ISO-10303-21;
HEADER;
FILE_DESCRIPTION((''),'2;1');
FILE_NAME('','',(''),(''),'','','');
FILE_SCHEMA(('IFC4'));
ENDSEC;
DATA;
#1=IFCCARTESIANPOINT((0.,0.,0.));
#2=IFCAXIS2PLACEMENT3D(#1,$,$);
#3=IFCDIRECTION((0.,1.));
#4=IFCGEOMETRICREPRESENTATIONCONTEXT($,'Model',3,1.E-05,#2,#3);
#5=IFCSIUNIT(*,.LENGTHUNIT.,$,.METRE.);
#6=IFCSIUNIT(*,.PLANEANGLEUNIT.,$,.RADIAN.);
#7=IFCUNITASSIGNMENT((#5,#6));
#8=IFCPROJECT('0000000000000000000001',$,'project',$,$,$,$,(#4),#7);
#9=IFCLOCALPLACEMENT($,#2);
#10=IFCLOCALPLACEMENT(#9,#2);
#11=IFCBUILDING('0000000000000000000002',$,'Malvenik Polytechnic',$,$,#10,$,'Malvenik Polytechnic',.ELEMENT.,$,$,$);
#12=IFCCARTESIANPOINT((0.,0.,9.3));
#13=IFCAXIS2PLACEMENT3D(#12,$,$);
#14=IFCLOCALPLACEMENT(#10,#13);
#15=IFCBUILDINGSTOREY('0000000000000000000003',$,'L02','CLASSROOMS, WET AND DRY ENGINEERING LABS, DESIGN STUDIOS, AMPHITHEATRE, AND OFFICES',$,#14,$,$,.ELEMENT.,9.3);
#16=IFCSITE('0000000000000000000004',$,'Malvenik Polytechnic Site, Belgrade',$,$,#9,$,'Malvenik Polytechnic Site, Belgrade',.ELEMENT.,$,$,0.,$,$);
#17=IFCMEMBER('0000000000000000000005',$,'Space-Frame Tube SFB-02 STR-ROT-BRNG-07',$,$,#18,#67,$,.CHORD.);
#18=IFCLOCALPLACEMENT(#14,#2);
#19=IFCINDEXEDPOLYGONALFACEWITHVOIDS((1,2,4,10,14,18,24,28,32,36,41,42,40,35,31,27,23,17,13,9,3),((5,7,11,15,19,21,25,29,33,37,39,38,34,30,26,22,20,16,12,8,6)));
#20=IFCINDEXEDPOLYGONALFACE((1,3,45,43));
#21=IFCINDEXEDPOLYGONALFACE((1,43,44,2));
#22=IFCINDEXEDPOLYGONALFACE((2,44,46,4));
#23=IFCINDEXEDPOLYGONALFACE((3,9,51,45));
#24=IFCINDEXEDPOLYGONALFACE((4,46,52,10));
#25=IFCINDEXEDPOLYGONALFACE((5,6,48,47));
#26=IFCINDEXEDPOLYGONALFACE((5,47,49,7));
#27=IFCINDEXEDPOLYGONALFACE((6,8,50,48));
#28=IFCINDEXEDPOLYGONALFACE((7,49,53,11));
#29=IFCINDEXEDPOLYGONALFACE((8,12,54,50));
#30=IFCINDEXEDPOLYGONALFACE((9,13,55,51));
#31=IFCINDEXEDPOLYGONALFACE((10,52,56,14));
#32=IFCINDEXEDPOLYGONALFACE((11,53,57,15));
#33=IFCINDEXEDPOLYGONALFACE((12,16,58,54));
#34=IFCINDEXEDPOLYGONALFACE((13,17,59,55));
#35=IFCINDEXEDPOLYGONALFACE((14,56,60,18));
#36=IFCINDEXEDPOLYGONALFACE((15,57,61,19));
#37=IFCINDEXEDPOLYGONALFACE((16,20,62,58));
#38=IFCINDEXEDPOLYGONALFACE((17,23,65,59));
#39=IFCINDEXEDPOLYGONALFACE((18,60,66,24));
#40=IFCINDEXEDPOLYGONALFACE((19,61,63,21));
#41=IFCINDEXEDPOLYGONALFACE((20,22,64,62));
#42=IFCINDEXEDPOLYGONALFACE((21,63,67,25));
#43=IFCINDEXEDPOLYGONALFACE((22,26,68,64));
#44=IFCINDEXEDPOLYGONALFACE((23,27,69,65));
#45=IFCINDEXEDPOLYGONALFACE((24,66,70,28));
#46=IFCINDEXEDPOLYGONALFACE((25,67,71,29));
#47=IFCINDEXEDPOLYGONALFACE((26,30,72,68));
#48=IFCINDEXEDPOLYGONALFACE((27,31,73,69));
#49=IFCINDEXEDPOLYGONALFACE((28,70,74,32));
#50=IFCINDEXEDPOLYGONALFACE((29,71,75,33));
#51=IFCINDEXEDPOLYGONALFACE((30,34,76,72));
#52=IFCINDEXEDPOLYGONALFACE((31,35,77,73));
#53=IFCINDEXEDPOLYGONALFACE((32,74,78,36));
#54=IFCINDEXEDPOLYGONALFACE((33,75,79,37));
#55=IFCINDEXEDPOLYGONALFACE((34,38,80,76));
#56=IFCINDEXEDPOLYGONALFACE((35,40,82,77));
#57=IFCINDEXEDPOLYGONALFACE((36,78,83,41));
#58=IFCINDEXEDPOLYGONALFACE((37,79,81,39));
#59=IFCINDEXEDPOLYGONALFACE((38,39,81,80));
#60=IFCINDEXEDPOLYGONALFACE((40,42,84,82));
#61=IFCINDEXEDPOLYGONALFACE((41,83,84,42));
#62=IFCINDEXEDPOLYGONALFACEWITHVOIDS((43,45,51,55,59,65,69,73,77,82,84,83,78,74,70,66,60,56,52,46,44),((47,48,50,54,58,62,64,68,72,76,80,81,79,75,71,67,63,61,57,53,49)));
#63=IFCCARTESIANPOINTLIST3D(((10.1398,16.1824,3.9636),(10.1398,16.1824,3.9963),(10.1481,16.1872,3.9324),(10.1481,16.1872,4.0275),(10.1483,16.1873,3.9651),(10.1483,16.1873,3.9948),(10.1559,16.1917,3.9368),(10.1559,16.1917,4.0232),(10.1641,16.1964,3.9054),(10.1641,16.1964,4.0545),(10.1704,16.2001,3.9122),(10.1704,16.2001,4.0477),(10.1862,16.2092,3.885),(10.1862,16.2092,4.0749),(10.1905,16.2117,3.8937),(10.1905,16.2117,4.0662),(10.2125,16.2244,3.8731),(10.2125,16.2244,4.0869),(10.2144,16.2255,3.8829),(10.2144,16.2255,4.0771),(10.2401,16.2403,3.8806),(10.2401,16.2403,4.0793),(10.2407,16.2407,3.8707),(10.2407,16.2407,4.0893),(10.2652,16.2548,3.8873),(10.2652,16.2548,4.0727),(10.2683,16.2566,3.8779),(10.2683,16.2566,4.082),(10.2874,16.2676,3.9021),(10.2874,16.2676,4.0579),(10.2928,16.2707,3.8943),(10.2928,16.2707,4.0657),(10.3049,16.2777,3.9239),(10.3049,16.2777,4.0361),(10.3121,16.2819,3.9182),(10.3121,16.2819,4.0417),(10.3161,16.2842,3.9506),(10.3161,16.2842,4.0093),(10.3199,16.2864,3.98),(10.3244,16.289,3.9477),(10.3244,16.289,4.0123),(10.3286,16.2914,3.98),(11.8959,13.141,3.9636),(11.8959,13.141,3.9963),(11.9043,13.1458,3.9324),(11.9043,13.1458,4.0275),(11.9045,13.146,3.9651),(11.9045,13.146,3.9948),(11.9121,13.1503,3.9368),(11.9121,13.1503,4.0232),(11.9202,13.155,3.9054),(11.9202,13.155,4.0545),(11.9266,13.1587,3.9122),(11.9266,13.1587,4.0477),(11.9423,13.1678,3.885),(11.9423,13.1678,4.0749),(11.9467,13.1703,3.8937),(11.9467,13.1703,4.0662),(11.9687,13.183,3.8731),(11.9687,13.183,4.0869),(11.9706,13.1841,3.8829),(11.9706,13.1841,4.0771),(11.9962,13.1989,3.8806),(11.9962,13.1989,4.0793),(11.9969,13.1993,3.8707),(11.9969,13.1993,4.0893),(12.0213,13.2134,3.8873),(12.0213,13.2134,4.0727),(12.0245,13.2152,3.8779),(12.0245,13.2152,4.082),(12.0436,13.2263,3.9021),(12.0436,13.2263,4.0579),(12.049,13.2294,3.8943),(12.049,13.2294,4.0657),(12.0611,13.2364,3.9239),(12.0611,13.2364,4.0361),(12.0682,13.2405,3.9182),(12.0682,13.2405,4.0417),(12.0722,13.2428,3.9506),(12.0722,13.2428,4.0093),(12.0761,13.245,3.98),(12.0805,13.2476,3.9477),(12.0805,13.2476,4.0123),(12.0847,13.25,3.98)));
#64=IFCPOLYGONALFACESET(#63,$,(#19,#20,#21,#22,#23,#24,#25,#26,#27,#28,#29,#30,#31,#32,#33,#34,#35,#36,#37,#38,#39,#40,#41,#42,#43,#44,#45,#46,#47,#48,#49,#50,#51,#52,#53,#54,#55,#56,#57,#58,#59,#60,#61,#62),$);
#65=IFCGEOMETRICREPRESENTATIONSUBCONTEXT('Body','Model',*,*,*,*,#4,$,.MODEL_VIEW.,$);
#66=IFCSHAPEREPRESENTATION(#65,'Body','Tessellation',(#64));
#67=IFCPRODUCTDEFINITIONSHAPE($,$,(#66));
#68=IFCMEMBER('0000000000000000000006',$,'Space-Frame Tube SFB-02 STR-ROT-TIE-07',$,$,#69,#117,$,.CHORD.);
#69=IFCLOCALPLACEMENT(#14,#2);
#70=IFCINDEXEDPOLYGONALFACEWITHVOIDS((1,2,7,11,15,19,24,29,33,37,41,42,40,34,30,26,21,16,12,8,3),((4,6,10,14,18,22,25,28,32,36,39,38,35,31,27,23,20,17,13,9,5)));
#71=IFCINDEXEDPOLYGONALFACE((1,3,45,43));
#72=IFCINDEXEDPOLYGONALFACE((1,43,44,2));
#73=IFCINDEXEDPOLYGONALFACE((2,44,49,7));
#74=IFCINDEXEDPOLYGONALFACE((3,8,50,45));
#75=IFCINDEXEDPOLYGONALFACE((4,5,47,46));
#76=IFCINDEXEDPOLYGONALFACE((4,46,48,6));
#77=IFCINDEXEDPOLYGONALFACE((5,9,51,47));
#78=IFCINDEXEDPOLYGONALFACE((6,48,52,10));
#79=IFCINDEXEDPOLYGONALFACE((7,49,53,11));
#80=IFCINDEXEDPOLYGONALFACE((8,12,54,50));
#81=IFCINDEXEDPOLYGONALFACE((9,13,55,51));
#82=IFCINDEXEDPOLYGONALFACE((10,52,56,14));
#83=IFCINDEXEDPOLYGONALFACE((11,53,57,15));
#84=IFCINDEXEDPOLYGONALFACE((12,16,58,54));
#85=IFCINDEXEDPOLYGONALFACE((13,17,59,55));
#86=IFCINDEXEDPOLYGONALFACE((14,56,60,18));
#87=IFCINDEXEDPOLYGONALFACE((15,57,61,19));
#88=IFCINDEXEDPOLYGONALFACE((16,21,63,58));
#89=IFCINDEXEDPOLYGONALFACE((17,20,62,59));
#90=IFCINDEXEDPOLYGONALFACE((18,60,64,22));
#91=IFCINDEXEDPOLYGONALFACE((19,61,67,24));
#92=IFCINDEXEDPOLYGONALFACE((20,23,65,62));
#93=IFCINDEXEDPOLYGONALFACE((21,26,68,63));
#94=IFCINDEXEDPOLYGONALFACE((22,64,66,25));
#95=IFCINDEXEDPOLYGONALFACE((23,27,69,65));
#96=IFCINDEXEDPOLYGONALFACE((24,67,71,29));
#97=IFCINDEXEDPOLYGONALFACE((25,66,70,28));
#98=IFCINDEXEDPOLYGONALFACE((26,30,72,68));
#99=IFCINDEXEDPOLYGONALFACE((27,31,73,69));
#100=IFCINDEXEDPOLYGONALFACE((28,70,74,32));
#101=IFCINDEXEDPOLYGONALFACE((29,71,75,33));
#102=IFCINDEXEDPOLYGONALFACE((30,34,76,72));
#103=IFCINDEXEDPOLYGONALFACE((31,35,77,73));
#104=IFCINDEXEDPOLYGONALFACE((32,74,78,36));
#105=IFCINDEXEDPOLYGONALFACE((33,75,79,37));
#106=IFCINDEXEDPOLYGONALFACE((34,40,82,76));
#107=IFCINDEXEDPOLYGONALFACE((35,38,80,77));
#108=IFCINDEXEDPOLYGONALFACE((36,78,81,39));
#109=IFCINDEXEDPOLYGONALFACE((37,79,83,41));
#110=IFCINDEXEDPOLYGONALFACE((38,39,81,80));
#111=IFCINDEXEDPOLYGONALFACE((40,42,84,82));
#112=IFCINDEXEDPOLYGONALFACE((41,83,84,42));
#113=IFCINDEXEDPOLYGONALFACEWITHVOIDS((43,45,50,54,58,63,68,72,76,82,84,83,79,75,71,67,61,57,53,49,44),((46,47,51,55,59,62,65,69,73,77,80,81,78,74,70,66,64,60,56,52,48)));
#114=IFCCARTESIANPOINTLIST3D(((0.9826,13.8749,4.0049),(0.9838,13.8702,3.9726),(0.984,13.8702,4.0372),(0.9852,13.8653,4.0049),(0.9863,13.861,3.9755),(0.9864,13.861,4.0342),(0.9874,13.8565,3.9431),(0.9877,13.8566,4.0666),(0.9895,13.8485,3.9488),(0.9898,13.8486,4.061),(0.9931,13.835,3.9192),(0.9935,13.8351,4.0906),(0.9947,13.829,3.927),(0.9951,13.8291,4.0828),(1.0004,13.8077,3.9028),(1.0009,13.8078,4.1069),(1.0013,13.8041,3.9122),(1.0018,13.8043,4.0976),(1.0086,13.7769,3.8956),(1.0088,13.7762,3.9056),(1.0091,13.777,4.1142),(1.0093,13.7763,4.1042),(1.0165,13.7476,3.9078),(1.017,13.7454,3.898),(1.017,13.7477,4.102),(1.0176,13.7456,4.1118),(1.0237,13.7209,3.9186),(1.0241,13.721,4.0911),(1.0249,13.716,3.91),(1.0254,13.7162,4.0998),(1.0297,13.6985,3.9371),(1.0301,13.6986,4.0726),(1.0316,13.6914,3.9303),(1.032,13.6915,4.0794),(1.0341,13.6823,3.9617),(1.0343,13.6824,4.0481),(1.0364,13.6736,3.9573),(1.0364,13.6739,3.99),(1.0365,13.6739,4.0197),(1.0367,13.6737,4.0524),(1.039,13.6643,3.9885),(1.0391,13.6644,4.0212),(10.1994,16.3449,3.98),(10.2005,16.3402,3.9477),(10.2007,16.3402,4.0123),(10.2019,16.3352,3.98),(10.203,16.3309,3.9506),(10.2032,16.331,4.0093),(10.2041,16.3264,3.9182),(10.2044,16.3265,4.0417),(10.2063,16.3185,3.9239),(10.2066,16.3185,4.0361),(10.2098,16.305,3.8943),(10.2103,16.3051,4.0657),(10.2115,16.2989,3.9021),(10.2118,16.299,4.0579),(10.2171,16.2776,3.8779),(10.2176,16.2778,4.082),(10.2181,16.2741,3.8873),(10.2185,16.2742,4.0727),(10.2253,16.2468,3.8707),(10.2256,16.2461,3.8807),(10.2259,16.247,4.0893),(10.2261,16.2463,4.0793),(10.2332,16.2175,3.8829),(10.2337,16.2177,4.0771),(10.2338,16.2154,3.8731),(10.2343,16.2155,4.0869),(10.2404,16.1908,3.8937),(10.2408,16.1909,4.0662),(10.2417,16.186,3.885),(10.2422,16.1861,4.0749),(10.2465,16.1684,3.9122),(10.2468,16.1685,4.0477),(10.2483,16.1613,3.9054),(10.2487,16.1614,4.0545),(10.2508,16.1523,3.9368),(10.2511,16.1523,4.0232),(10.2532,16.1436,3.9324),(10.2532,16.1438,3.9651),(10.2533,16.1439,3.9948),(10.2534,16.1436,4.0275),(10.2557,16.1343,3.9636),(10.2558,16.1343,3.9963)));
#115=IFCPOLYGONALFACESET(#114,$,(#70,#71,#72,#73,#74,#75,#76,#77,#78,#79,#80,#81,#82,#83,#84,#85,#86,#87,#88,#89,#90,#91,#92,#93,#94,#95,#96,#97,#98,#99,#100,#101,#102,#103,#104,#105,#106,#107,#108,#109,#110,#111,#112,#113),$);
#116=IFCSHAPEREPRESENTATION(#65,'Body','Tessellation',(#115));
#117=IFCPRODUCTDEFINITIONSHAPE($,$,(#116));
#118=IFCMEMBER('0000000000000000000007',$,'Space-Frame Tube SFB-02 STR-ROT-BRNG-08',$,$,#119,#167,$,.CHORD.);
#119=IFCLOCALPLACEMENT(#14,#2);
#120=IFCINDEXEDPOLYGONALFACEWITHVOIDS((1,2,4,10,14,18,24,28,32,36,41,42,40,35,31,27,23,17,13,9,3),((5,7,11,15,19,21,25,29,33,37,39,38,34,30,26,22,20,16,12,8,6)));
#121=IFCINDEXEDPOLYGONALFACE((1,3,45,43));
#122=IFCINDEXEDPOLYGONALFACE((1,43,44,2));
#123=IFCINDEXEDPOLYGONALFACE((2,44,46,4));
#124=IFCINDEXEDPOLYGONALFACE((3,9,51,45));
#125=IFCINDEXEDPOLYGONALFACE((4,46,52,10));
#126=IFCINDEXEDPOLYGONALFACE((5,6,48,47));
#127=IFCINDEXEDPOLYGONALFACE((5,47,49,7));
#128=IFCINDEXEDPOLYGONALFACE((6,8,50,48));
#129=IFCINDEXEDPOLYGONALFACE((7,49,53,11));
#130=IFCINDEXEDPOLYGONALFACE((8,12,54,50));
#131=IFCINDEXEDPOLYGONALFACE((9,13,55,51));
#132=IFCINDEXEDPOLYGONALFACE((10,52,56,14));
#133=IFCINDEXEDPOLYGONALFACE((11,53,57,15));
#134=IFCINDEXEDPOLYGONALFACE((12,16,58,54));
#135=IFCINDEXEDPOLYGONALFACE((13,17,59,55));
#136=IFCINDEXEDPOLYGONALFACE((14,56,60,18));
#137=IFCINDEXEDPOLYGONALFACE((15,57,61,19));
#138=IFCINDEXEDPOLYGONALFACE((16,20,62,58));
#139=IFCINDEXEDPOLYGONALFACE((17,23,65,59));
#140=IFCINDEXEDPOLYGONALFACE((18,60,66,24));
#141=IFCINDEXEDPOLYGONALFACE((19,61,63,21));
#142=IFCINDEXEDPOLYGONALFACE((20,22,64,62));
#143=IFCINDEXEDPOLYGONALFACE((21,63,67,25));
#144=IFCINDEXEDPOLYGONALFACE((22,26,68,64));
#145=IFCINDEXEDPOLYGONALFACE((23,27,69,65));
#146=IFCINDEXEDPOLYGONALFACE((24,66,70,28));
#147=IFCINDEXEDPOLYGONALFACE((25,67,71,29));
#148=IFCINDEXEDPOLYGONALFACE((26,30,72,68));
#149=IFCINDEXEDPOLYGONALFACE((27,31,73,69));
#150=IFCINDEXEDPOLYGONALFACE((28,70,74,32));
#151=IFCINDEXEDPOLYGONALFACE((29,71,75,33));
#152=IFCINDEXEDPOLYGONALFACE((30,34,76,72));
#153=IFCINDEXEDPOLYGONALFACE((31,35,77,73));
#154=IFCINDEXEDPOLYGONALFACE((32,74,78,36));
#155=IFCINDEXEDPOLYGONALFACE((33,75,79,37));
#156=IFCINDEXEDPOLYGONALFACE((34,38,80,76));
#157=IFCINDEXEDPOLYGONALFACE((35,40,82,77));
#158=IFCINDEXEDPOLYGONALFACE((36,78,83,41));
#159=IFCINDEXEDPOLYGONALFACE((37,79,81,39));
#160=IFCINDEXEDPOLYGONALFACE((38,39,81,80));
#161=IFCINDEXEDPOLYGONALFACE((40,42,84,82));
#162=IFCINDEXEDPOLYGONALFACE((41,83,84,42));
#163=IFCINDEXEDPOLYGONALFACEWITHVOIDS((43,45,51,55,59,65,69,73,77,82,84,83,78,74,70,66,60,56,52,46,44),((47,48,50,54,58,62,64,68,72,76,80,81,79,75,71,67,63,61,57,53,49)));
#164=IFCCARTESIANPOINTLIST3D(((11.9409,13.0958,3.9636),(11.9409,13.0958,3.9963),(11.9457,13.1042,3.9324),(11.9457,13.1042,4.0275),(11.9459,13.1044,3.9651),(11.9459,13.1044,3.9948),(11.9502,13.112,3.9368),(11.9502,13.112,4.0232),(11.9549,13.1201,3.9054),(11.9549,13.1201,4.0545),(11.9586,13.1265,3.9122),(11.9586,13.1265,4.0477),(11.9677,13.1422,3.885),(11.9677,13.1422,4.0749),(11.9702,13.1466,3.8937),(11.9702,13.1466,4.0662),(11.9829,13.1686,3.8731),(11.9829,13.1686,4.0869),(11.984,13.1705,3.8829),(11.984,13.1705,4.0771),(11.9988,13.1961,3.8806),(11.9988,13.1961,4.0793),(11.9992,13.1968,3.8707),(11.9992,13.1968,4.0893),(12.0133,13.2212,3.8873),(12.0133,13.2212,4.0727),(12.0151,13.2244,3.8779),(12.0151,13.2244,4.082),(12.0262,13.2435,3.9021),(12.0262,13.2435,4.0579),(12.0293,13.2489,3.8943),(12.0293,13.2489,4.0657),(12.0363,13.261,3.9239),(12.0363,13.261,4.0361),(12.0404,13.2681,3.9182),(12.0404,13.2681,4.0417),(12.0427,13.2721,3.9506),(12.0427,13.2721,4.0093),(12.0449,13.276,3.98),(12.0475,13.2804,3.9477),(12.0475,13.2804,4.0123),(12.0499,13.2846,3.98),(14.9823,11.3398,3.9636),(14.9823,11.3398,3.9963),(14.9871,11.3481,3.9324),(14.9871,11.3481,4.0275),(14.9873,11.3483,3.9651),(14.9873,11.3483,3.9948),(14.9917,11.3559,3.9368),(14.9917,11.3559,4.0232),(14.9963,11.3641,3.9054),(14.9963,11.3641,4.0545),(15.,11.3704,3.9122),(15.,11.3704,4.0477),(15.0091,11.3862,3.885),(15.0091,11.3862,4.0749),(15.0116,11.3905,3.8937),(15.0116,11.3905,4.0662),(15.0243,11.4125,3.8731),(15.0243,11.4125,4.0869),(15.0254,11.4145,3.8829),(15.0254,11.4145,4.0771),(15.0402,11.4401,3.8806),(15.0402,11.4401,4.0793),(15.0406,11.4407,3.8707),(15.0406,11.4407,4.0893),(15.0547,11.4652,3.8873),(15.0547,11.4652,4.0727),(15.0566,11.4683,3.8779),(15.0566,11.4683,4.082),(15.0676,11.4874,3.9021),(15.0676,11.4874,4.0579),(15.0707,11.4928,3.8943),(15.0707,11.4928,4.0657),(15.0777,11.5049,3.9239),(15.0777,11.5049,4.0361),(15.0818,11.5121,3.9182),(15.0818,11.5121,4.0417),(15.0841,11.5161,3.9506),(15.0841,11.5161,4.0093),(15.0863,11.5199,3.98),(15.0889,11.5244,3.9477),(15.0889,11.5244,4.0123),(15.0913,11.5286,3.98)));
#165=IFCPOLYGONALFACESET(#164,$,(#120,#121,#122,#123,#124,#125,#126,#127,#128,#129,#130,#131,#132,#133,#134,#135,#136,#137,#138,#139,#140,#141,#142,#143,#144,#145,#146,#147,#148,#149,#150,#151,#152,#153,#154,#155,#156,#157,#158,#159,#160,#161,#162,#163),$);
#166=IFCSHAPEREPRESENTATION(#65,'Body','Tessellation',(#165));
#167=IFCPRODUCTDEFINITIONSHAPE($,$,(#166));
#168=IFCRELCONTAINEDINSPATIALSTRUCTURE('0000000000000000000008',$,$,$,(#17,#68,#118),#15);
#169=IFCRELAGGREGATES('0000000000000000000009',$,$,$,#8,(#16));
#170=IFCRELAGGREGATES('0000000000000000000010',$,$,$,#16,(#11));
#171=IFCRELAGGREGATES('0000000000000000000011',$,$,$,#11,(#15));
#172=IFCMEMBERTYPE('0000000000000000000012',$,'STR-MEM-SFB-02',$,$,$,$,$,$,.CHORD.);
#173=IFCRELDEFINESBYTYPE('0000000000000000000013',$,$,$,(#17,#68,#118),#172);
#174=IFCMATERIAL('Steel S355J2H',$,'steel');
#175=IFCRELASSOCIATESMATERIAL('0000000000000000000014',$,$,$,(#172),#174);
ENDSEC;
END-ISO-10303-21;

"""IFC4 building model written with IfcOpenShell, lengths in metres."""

from ifc_helpers import new_model, si_unit, direction, frame, origin, origin_2d, place, context, subcontext, project, spatial, hollow_circle, extrude, material, material_profile, profile_set, type_object, element, save


model = new_model("IFC4")

# Units and contexts
model_context = context("Model", 3, precision=1e-05, world=origin(), true_north=direction((0.0, 1.0)))
body_context = subcontext(model_context, "Body", "Model", "MODEL_VIEW")
ifc_project = project(units=[si_unit("LENGTHUNIT", "METRE"), si_unit("PLANEANGLEUNIT", "RADIAN")], contexts=[model_context])

# Site, building, storey
site_placement = place(None, origin())
site = spatial("IfcSite", under=ifc_project, at=site_placement, Name="Malvenik Polytechnic Site, Belgrade", LongName="Malvenik Polytechnic Site, Belgrade", CompositionType="ELEMENT", RefElevation=0.0)
building_placement = place(site_placement, origin())
building = spatial("IfcBuilding", under=site, at=building_placement, Name="Malvenik Polytechnic", LongName="Malvenik Polytechnic", CompositionType="ELEMENT")
storey_placement = place(building_placement, frame((0.0, 0.0, 9.3)))
storey = spatial("IfcBuildingStorey", under=building, at=storey_placement, Name="L02", Description="CLASSROOMS, WET AND DRY ENGINEERING LABS, DESIGN STUDIOS, AMPHITHEATRE, AND OFFICES", CompositionType="ELEMENT", Elevation=9.3)

# Members
ifc_material_1 = material(Name="Steel S355J2H", Category="steel")
ifc_material_profile_1 = material_profile(ifc_material_1, hollow_circle(Radius=0.1096, WallThickness=0.01, at=origin_2d()), Name="CHS 219.1x10.0")
ifc_profile_set_1 = profile_set([ifc_material_profile_1], Name="Steel S355J2H")
member_type = type_object("IfcMemberType", Name="STR-MEM-SFB-02", PredefinedType="CHORD", material=ifc_profile_set_1)
member_1_placement = place(storey_placement, frame((10.2336, 16.2366, 3.98), z_axis=(0.500049, -0.865997, 0.0), x_axis=(0.865997, 0.500049, 0.0)))
element("IfcMember", 1, at=member_1_placement, inside=storey, type_object=member_type, Name="Space-Frame Tube SFB-02 STR-ROT-BRNG-07", PredefinedType="CHORD", context=body_context, shape_type="SweptSolid", body=[
    extrude(hollow_circle(Radius=0.1096, WallThickness=0.01, at=origin_2d()), origin(), (0.0, 0.0, 1.0), 3.512),
])
member_2_placement = place(storey_placement, frame((1.011, 13.769, 4.0049), z_axis=(0.965914, 0.258851, -0.00261), x_axis=(-0.258852, 0.965917, 0.0)))
element("IfcMember", 2, at=member_2_placement, inside=storey, type_object=member_type, Name="Space-Frame Tube SFB-02 STR-ROT-TIE-07", PredefinedType="CHORD", context=body_context, shape_type="SweptSolid", body=[
    extrude(hollow_circle(Radius=0.1096, WallThickness=0.01, at=origin_2d()), origin(), (0.0, 0.0, 1.0), 9.542),
])
member_3_placement = place(storey_placement, frame((11.9951, 13.1897, 3.98), z_axis=(0.866014, -0.500019, 0.0), x_axis=(0.500019, 0.866014, 0.0)))
element("IfcMember", 3, at=member_3_placement, inside=storey, type_object=member_type, Name="Space-Frame Tube SFB-02 STR-ROT-BRNG-08", PredefinedType="CHORD", context=body_context, shape_type="SweptSolid", body=[
    extrude(hollow_circle(Radius=0.1096, WallThickness=0.01, at=origin_2d()), origin(), (0.0, 0.0, 1.0), 3.512),
])

save(model, "model.ifc")
